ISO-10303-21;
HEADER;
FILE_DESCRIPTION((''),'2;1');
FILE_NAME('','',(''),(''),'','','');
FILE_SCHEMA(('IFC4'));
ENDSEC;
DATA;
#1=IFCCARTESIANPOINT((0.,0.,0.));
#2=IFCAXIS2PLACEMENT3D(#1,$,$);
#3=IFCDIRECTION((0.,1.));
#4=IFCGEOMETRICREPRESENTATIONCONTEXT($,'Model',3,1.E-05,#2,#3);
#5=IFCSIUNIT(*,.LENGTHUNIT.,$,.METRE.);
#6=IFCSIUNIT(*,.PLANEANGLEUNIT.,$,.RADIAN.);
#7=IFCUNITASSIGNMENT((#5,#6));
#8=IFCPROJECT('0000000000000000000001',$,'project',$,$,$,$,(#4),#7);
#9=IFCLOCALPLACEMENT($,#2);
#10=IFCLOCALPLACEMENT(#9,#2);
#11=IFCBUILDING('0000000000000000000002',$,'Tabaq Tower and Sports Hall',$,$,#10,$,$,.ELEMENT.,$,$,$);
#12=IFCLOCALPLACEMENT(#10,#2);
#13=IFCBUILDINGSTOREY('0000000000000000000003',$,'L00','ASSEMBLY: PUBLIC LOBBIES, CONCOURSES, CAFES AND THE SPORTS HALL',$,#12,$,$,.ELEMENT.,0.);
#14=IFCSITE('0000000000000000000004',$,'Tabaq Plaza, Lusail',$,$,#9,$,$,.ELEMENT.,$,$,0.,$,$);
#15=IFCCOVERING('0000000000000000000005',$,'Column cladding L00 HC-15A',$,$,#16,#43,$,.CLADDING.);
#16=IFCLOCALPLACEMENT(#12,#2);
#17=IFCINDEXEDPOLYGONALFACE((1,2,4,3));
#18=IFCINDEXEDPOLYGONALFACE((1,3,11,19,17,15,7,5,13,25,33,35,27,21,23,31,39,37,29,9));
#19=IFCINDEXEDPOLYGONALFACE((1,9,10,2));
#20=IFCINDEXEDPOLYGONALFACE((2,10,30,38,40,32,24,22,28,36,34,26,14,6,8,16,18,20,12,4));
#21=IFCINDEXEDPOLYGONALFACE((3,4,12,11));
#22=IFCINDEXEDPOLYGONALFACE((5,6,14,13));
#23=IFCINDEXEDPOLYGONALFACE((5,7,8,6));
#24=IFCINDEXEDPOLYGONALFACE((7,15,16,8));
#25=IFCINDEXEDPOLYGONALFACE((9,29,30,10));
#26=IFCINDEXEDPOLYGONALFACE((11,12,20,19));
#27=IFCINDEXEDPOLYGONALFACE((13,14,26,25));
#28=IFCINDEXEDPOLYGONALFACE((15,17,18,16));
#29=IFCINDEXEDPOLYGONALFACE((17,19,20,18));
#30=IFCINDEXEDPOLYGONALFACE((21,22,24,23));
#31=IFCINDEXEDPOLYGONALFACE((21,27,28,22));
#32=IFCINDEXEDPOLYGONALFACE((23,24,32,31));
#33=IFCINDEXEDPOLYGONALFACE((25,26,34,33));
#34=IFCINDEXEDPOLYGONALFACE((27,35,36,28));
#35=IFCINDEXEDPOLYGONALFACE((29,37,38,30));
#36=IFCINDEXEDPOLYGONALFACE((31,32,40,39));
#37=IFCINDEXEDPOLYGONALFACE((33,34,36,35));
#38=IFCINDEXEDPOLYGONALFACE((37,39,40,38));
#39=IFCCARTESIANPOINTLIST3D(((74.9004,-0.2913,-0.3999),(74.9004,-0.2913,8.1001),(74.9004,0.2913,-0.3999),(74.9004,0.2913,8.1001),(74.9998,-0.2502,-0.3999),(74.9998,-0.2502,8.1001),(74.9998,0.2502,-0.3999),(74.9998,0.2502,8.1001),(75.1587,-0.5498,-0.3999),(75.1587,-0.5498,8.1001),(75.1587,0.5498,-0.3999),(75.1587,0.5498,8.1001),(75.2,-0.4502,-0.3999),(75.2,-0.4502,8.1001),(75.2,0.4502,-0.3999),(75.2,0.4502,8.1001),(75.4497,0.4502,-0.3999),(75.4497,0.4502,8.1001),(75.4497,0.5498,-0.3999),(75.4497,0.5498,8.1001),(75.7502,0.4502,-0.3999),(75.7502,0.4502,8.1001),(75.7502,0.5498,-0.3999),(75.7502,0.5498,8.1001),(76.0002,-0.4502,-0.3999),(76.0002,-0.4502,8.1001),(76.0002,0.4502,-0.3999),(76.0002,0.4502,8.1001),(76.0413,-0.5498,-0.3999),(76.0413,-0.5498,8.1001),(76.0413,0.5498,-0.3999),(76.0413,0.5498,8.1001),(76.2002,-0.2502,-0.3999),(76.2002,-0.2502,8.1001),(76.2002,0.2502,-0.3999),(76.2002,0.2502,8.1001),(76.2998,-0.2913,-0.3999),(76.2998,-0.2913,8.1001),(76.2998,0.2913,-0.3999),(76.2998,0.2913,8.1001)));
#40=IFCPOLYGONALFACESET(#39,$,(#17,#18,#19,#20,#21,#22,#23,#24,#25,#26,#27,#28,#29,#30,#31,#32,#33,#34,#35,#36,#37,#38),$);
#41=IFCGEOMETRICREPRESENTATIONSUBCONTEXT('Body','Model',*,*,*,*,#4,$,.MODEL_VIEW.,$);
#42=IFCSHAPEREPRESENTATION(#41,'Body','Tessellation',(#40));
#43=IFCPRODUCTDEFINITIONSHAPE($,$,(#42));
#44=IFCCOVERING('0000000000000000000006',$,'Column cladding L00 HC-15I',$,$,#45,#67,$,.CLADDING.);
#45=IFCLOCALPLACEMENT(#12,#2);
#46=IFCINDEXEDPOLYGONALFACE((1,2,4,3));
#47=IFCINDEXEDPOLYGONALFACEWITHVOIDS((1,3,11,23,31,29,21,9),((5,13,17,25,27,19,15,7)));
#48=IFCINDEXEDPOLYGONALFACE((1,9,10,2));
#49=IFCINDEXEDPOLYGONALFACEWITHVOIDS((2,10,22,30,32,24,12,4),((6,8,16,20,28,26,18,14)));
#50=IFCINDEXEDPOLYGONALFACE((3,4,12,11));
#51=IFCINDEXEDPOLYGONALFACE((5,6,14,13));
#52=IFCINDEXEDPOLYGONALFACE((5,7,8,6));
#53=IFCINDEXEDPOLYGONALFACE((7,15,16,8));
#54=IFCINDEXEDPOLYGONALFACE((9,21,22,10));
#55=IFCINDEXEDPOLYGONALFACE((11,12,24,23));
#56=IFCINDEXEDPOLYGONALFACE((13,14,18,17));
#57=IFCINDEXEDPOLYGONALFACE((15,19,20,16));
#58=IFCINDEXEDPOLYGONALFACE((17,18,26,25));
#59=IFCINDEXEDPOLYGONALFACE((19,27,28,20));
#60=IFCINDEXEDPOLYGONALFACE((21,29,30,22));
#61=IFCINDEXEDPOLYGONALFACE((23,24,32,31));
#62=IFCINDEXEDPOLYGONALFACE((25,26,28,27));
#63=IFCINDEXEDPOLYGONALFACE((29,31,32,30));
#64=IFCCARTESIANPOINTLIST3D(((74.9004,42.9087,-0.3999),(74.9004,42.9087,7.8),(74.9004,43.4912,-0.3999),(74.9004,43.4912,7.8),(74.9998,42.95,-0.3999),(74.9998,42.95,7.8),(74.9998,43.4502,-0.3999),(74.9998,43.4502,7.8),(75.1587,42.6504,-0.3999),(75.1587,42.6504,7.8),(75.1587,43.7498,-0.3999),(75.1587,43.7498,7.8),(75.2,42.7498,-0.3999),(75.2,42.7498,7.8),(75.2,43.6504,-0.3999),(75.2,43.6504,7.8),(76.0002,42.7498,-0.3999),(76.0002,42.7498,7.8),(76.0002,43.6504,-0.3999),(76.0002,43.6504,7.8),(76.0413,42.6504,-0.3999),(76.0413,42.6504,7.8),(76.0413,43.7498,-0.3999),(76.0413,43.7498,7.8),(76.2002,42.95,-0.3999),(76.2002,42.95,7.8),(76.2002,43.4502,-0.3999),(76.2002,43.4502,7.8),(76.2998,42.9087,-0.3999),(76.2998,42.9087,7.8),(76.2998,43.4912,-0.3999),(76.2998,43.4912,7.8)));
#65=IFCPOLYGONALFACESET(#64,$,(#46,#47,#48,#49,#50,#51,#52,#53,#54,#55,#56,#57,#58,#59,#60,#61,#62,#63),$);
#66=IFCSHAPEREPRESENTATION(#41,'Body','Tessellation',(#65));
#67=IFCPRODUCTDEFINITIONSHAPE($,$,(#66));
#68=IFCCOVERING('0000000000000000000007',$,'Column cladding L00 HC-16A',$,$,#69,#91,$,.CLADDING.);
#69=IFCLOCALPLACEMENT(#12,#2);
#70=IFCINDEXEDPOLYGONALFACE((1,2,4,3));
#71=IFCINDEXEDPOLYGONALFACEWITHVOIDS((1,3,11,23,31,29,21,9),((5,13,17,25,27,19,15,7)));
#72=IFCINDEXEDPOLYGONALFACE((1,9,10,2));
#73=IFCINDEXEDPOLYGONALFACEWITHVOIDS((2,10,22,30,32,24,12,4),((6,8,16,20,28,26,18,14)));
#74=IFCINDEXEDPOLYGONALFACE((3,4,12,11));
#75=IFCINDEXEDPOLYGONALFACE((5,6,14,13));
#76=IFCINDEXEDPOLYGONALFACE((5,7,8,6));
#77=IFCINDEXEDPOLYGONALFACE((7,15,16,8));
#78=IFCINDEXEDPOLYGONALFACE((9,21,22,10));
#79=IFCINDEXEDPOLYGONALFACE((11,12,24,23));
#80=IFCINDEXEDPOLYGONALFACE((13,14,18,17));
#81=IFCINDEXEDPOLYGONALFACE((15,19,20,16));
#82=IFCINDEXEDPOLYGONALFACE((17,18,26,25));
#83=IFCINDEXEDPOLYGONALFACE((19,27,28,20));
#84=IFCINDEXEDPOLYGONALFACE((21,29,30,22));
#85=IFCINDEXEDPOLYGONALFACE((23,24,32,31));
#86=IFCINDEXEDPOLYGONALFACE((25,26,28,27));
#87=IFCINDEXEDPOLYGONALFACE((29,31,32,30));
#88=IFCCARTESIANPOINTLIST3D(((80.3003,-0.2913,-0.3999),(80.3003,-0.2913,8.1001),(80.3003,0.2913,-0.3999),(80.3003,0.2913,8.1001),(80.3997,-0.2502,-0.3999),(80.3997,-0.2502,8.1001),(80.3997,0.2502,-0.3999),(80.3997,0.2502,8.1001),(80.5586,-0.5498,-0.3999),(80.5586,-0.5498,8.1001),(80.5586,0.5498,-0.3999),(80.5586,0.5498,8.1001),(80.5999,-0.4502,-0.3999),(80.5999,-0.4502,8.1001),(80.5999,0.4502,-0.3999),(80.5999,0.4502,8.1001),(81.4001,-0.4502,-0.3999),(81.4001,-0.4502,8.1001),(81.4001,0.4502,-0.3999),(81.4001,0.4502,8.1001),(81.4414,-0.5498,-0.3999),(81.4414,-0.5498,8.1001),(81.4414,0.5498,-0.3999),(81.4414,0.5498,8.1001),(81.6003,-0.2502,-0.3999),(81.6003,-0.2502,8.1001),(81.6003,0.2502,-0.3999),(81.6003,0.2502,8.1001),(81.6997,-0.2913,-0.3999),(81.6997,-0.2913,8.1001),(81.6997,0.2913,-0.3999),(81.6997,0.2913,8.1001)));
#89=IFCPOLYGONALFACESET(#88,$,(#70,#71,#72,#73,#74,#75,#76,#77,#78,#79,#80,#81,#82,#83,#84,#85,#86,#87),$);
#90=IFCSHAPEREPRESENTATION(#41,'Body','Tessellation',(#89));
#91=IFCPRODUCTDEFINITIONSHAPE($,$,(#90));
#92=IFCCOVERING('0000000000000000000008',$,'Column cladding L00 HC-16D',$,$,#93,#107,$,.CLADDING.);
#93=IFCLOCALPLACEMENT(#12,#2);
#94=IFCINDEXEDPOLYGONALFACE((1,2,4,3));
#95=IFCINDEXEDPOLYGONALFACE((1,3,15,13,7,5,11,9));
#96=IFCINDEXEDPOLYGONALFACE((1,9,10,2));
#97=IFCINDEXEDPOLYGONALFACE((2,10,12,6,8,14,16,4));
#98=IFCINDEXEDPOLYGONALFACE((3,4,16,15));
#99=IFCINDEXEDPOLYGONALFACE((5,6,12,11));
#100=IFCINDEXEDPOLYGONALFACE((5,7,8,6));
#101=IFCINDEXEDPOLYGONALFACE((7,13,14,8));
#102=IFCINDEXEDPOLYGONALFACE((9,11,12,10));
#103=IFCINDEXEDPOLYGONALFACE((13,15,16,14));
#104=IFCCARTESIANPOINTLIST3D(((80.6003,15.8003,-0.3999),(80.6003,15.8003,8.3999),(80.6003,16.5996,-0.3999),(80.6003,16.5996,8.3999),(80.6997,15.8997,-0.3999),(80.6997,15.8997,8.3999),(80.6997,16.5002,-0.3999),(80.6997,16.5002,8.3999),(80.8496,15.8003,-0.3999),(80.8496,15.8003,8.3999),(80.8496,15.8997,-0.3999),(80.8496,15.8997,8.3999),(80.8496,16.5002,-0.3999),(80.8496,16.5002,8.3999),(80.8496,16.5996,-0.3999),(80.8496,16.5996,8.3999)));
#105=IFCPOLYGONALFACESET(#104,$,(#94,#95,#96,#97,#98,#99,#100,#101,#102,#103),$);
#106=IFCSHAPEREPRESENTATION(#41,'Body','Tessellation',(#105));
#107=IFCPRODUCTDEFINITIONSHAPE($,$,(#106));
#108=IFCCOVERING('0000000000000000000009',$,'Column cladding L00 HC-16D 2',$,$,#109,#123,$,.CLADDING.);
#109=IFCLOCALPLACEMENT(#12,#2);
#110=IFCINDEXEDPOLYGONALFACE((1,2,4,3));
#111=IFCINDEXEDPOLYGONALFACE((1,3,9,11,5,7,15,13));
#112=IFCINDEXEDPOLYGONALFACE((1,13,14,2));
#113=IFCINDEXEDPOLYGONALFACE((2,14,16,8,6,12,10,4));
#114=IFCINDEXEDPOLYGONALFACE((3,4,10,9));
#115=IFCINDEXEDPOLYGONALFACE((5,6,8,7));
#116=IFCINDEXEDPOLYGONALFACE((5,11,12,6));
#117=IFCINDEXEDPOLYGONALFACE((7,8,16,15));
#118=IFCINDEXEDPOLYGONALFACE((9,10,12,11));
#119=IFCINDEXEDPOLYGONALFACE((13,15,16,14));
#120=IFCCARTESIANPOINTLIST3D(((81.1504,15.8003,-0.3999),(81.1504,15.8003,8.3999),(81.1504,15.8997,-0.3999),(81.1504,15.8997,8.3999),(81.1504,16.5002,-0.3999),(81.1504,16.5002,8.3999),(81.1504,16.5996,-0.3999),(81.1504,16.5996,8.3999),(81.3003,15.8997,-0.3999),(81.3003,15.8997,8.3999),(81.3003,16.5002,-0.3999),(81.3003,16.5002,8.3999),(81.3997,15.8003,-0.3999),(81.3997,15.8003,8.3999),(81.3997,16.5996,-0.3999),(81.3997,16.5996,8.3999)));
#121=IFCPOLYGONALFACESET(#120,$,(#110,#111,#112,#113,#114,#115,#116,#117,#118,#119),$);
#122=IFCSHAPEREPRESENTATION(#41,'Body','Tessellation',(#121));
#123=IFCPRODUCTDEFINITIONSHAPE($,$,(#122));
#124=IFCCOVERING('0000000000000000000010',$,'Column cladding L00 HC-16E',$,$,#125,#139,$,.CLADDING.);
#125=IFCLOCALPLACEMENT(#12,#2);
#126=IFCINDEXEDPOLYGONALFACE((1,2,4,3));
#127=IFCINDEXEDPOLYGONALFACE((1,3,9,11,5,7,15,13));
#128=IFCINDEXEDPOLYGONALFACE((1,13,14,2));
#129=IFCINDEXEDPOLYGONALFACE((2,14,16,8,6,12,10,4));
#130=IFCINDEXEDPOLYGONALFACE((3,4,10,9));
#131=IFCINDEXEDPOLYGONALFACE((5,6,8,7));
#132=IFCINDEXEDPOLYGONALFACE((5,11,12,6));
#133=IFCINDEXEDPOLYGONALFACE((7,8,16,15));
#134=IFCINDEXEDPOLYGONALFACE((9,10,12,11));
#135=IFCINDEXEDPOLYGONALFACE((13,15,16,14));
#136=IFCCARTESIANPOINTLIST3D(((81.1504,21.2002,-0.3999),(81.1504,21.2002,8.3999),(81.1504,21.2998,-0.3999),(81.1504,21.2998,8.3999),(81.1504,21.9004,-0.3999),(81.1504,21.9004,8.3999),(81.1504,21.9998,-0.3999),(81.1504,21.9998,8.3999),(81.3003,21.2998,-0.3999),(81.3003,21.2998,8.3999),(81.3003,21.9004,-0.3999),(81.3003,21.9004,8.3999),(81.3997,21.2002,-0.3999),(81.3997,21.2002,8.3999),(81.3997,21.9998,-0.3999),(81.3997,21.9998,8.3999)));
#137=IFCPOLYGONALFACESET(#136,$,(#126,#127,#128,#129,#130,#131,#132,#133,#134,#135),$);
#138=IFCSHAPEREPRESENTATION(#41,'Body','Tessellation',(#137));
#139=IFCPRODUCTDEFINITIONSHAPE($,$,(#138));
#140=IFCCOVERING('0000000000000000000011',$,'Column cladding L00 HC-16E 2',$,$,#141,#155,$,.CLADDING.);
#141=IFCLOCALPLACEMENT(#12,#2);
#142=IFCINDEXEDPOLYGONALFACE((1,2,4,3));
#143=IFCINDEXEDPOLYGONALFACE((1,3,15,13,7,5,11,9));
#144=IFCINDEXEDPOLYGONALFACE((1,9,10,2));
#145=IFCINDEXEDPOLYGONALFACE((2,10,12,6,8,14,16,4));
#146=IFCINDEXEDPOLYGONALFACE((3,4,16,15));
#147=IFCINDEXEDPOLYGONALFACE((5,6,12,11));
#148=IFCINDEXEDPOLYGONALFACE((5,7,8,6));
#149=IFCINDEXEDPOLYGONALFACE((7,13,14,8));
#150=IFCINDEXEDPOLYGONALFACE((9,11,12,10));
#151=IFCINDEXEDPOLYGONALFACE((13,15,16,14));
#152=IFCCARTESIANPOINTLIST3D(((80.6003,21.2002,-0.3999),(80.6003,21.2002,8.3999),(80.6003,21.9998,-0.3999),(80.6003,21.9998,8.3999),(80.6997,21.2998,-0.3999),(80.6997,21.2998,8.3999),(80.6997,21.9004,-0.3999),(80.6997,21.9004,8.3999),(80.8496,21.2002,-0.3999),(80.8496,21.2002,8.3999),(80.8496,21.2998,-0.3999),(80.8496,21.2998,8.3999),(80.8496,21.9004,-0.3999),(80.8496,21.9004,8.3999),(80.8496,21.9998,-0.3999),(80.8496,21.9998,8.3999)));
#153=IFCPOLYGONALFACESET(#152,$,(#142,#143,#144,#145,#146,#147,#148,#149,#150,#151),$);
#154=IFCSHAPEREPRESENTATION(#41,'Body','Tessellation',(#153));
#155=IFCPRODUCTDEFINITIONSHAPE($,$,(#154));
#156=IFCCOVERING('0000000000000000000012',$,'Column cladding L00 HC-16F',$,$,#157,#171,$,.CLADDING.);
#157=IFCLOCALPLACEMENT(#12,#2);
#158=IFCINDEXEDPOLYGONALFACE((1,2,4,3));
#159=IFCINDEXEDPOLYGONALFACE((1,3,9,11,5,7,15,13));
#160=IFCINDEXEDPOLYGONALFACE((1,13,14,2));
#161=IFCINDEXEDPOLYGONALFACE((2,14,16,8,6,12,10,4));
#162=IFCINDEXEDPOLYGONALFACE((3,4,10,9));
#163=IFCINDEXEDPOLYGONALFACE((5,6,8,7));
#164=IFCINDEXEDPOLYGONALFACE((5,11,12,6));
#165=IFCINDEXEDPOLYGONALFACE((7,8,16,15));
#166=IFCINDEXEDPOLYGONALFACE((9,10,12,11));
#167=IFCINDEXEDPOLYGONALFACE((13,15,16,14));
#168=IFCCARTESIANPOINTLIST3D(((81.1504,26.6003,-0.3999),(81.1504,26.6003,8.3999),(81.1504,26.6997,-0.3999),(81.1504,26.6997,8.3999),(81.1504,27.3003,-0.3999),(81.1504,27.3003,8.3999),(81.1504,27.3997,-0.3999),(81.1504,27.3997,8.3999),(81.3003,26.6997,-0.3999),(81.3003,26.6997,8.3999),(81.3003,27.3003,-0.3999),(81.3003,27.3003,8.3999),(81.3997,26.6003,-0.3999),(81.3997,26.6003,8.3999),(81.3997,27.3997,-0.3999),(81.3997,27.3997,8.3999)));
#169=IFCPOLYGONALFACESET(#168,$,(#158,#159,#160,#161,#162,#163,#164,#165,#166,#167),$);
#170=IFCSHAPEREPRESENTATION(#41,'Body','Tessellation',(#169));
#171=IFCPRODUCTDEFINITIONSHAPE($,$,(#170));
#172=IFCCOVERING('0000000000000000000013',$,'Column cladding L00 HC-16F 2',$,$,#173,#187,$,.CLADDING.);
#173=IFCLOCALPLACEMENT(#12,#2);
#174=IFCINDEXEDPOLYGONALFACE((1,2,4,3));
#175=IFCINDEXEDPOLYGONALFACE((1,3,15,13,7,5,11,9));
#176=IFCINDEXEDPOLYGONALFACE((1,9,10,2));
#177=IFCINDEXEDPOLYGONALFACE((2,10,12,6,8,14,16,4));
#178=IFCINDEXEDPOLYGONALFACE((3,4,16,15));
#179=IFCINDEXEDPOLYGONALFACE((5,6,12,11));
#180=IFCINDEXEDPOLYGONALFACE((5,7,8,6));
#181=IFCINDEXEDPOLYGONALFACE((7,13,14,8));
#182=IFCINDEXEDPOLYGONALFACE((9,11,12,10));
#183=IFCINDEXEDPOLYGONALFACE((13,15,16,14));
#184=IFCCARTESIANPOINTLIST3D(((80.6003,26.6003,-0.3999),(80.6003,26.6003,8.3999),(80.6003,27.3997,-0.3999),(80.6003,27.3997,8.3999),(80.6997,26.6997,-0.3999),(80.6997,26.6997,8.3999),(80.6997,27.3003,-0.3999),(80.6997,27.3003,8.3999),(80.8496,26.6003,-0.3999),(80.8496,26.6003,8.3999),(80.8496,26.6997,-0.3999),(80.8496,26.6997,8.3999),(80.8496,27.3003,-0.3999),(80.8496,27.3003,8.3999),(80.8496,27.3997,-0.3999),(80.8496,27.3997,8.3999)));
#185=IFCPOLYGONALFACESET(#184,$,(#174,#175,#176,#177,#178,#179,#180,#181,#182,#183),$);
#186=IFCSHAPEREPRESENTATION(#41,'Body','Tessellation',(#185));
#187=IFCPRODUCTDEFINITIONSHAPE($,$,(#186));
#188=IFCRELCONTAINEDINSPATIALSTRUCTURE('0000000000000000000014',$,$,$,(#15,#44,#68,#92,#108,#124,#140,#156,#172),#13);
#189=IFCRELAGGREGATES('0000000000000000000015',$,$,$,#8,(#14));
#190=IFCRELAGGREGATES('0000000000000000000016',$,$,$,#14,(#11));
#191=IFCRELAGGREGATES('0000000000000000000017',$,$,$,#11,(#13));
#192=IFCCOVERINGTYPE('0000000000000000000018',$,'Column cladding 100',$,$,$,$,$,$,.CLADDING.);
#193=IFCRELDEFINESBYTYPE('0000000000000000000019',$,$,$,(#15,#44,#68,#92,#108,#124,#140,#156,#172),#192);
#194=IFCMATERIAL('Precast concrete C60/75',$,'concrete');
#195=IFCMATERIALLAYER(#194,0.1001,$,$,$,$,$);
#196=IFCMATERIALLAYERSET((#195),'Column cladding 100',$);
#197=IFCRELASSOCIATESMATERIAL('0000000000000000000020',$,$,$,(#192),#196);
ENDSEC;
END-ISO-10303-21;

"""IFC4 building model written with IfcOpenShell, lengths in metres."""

from ifc_helpers import new_model, si_unit, direction, frame, origin, place, context, subcontext, project, spatial, polyline, outline, extrude, material, layer, layer_set, type_object, element, save


model = new_model("IFC4")

# Units and contexts
model_context = context("Model", 3, precision=1e-05, world=origin(), true_north=direction((0.0, 1.0)))
body_context = subcontext(model_context, "Body", "Model", "MODEL_VIEW")
ifc_project = project(units=[si_unit("LENGTHUNIT", "METRE"), si_unit("PLANEANGLEUNIT", "RADIAN")], contexts=[model_context])

# Site, building, storey
site_placement = place(None, origin())
site = spatial("IfcSite", under=ifc_project, at=site_placement, Name="Tabaq Plaza, Lusail", CompositionType="ELEMENT", RefElevation=0.0)
building_placement = place(site_placement, origin())
building = spatial("IfcBuilding", under=site, at=building_placement, Name="Tabaq Tower and Sports Hall", CompositionType="ELEMENT")
storey_placement = place(building_placement, origin())
storey = spatial("IfcBuildingStorey", under=building, at=storey_placement, Name="L00", Description="ASSEMBLY: PUBLIC LOBBIES, CONCOURSES, CAFES AND THE SPORTS HALL", CompositionType="ELEMENT", Elevation=0.0)

# Coverings
ifc_material = material(Name="Precast concrete C60/75", Category="concrete")
ifc_layer = layer(ifc_material, 0.1001)
ifc_layer_set = layer_set([ifc_layer], Name="Column cladding 100")
covering_type = type_object("IfcCoveringType", Name="Column cladding 100", PredefinedType="CLADDING", material=ifc_layer_set)
covering_1_placement = place(storey_placement, frame((0.0, 0.0, -0.3999)))
element("IfcCovering", 1, at=covering_1_placement, inside=storey, type_object=covering_type, Name="Column cladding L00 HC-15A", PredefinedType="CLADDING", context=body_context, shape_type="SweptSolid", body=[
    extrude(outline(polyline([(74.9004, 0.2913), (75.1587, 0.5498), (75.4497, 0.5498), (75.4497, 0.4502), (75.2, 0.4502), (74.9998, 0.2502), (74.9998, -0.2502), (75.2, -0.4502), (76.0002, -0.4502), (76.2002, -0.2502), (76.2002, 0.2502), (76.0002, 0.4502), (75.7502, 0.4502), (75.7502, 0.5498), (76.0413, 0.5498), (76.2998, 0.2913), (76.2998, -0.2913), (76.0413, -0.5498), (75.1587, -0.5498), (74.9004, -0.2913), (74.9004, 0.2913)])), origin(), (0.0, 0.0, 1.0), 8.5),
])
covering_2_placement = place(storey_placement, frame((0.0, 0.0, -0.3999)))
element("IfcCovering", 2, at=covering_2_placement, inside=storey, type_object=covering_type, Name="Column cladding L00 HC-15I", PredefinedType="CLADDING", context=body_context, shape_type="SweptSolid", body=[
    extrude(outline(polyline([(74.9004, 42.9087), (74.9004, 43.4912), (75.1587, 43.7498), (76.0413, 43.7498), (76.2998, 43.4912), (76.2998, 42.9087), (76.0413, 42.6504), (75.1587, 42.6504), (74.9004, 42.9087)]), holes=[polyline([(76.0002, 42.7498), (76.2002, 42.95), (76.2002, 43.4502), (76.0002, 43.6504), (75.2, 43.6504), (74.9998, 43.4502), (74.9998, 42.95), (75.2, 42.7498), (76.0002, 42.7498)])]), origin(), (0.0, 0.0, 1.0), 8.2),
])
covering_3_placement = place(storey_placement, frame((0.0, 0.0, -0.3999)))
element("IfcCovering", 3, at=covering_3_placement, inside=storey, type_object=covering_type, Name="Column cladding L00 HC-16A", PredefinedType="CLADDING", context=body_context, shape_type="SweptSolid", body=[
    extrude(outline(polyline([(80.3003, -0.2913), (80.3003, 0.2913), (80.5586, 0.5498), (81.4414, 0.5498), (81.6997, 0.2913), (81.6997, -0.2913), (81.4414, -0.5498), (80.5586, -0.5498), (80.3003, -0.2913)]), holes=[polyline([(81.4001, -0.4502), (81.6003, -0.2502), (81.6003, 0.2502), (81.4001, 0.4502), (80.5999, 0.4502), (80.3997, 0.2502), (80.3997, -0.2502), (80.5999, -0.4502), (81.4001, -0.4502)])]), origin(), (0.0, 0.0, 1.0), 8.5),
])
covering_4_placement = place(storey_placement, frame((0.0, 0.0, -0.3999)))
element("IfcCovering", 4, at=covering_4_placement, inside=storey, type_object=covering_type, Name="Column cladding L00 HC-16D", PredefinedType="CLADDING", context=body_context, shape_type="SweptSolid", body=[
    extrude(outline(polyline([(80.8496, 16.5996), (80.8496, 16.5002), (80.6997, 16.5002), (80.6997, 15.8997), (80.8496, 15.8997), (80.8496, 15.8003), (80.6003, 15.8003), (80.6003, 16.5996), (80.8496, 16.5996)])), origin(), (0.0, 0.0, 1.0), 8.7998),
])
covering_5_placement = place(storey_placement, frame((0.0, 0.0, -0.3999)))
element("IfcCovering", 5, at=covering_5_placement, inside=storey, type_object=covering_type, Name="Column cladding L00 HC-16D 2", PredefinedType="CLADDING", context=body_context, shape_type="SweptSolid", body=[
    extrude(outline(polyline([(81.3997, 16.5996), (81.3997, 15.8003), (81.1504, 15.8003), (81.1504, 15.8997), (81.3003, 15.8997), (81.3003, 16.5002), (81.1504, 16.5002), (81.1504, 16.5996), (81.3997, 16.5996)])), origin(), (0.0, 0.0, 1.0), 8.7998),
])
covering_6_placement = place(storey_placement, frame((0.0, 0.0, -0.3999)))
element("IfcCovering", 6, at=covering_6_placement, inside=storey, type_object=covering_type, Name="Column cladding L00 HC-16E", PredefinedType="CLADDING", context=body_context, shape_type="SweptSolid", body=[
    extrude(outline(polyline([(81.3997, 21.9998), (81.3997, 21.2002), (81.1504, 21.2002), (81.1504, 21.2998), (81.3003, 21.2998), (81.3003, 21.9004), (81.1504, 21.9004), (81.1504, 21.9998), (81.3997, 21.9998)])), origin(), (0.0, 0.0, 1.0), 8.7998),
])
covering_7_placement = place(storey_placement, frame((0.0, 0.0, -0.3999)))
element("IfcCovering", 7, at=covering_7_placement, inside=storey, type_object=covering_type, Name="Column cladding L00 HC-16E 2", PredefinedType="CLADDING", context=body_context, shape_type="SweptSolid", body=[
    extrude(outline(polyline([(80.8496, 21.9998), (80.8496, 21.9004), (80.6997, 21.9004), (80.6997, 21.2998), (80.8496, 21.2998), (80.8496, 21.2002), (80.6003, 21.2002), (80.6003, 21.9998), (80.8496, 21.9998)])), origin(), (0.0, 0.0, 1.0), 8.7998),
])
covering_8_placement = place(storey_placement, frame((0.0, 0.0, -0.3999)))
element("IfcCovering", 8, at=covering_8_placement, inside=storey, type_object=covering_type, Name="Column cladding L00 HC-16F", PredefinedType="CLADDING", context=body_context, shape_type="SweptSolid", body=[
    extrude(outline(polyline([(81.3997, 27.3997), (81.3997, 26.6003), (81.1504, 26.6003), (81.1504, 26.6997), (81.3003, 26.6997), (81.3003, 27.3003), (81.1504, 27.3003), (81.1504, 27.3997), (81.3997, 27.3997)])), origin(), (0.0, 0.0, 1.0), 8.7998),
])
covering_9_placement = place(storey_placement, frame((0.0, 0.0, -0.3999)))
element("IfcCovering", 9, at=covering_9_placement, inside=storey, type_object=covering_type, Name="Column cladding L00 HC-16F 2", PredefinedType="CLADDING", context=body_context, shape_type="SweptSolid", body=[
    extrude(outline(polyline([(80.8496, 27.3997), (80.8496, 27.3003), (80.6997, 27.3003), (80.6997, 26.6997), (80.8496, 26.6997), (80.8496, 26.6003), (80.6003, 26.6003), (80.6003, 27.3997), (80.8496, 27.3997)])), origin(), (0.0, 0.0, 1.0), 8.7998),
])

save(model, "model.ifc")
